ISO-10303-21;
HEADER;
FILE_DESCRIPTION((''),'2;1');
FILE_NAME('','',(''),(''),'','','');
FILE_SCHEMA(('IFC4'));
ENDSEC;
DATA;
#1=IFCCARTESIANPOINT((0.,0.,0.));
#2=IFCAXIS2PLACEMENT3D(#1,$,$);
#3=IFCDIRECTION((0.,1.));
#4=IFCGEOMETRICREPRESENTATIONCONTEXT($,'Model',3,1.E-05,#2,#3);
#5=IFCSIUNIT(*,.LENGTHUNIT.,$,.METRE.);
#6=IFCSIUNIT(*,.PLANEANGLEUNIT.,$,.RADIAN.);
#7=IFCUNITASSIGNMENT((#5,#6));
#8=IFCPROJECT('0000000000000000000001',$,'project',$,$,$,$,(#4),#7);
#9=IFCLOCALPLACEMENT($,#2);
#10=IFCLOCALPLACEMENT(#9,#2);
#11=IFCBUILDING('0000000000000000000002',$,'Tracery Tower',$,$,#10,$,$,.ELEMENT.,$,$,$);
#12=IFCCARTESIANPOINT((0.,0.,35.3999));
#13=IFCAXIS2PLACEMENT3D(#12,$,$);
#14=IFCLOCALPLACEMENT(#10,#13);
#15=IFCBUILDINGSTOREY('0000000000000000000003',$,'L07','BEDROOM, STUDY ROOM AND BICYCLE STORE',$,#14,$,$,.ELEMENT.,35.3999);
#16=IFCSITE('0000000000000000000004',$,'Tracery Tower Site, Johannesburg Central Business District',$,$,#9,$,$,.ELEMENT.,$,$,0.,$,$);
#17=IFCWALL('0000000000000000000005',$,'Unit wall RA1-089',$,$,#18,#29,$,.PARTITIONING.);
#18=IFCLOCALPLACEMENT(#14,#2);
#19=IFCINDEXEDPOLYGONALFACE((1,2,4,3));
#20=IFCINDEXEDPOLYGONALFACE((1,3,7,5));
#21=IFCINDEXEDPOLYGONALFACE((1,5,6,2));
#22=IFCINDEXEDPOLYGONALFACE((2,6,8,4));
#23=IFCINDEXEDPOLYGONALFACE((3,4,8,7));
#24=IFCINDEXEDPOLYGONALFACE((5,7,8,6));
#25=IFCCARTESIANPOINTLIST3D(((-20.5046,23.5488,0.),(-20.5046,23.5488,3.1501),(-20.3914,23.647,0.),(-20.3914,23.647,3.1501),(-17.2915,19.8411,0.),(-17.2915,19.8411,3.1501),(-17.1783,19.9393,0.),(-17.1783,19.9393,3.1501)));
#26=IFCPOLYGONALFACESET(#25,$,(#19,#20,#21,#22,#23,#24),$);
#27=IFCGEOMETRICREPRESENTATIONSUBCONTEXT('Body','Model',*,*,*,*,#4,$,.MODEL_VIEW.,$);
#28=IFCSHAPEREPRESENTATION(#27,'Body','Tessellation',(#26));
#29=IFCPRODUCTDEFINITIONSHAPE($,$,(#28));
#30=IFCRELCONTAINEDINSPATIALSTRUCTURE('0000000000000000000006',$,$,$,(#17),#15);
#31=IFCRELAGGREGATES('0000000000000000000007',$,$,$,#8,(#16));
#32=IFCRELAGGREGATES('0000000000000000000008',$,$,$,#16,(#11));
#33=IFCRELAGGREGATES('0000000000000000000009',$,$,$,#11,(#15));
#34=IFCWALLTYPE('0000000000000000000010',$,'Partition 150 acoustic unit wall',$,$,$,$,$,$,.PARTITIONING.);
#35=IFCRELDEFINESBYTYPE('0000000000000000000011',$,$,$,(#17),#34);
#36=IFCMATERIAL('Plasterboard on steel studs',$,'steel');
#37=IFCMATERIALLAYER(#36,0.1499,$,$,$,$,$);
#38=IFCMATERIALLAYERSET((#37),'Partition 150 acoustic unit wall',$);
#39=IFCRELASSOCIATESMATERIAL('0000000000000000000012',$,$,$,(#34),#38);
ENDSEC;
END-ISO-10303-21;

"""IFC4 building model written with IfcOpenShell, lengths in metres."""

from ifc_helpers import new_model, si_unit, direction, frame, frame_2d, origin, place, context, subcontext, project, spatial, rectangle, extrude, material, layer, layer_set, type_object, element, save


model = new_model("IFC4")

# Units and contexts
model_context = context("Model", 3, precision=1e-05, world=origin(), true_north=direction((0.0, 1.0)))
body_context = subcontext(model_context, "Body", "Model", "MODEL_VIEW")
ifc_project = project(units=[si_unit("LENGTHUNIT", "METRE"), si_unit("PLANEANGLEUNIT", "RADIAN")], contexts=[model_context])

# Site, building, storey
site_placement = place(None, origin())
site = spatial("IfcSite", under=ifc_project, at=site_placement, Name="Tracery Tower Site, Johannesburg Central Business District", CompositionType="ELEMENT", RefElevation=0.0)
building_placement = place(site_placement, origin())
building = spatial("IfcBuilding", under=site, at=building_placement, Name="Tracery Tower", CompositionType="ELEMENT")
storey_placement = place(building_placement, frame((0.0, 0.0, 35.3999)))
storey = spatial("IfcBuildingStorey", under=building, at=storey_placement, Name="L07", Description="BEDROOM, STUDY ROOM AND BICYCLE STORE", CompositionType="ELEMENT", Elevation=35.3999)

# Wall
ifc_material_1 = material(Name="Plasterboard on steel studs", Category="steel")
ifc_layer_1 = layer(ifc_material_1, 0.1499)
ifc_layer_set_1 = layer_set([ifc_layer_1], Name="Partition 150 acoustic unit wall")
wall_type_1 = type_object("IfcWallType", Name="Partition 150 acoustic unit wall", PredefinedType="PARTITIONING", material=ifc_layer_set_1)
wall_1_placement = place(storey_placement, frame((-20.448, 23.5979, 0.0), z_axis=(0.0, 0.0, 1.0), x_axis=(0.6549, -0.755715, 0.0)))
element("IfcWall", 1, at=wall_1_placement, inside=storey, type_object=wall_type_1, Name="Unit wall RA1-089", PredefinedType="PARTITIONING", context=body_context, shape_type="SweptSolid", body=[
    extrude(rectangle(XDim=4.9062, YDim=0.1499, at=frame_2d((2.4531, 0.0))), origin(), (0.0, 0.0, 1.0), 3.1501),
])

save(model, "model.ifc")
